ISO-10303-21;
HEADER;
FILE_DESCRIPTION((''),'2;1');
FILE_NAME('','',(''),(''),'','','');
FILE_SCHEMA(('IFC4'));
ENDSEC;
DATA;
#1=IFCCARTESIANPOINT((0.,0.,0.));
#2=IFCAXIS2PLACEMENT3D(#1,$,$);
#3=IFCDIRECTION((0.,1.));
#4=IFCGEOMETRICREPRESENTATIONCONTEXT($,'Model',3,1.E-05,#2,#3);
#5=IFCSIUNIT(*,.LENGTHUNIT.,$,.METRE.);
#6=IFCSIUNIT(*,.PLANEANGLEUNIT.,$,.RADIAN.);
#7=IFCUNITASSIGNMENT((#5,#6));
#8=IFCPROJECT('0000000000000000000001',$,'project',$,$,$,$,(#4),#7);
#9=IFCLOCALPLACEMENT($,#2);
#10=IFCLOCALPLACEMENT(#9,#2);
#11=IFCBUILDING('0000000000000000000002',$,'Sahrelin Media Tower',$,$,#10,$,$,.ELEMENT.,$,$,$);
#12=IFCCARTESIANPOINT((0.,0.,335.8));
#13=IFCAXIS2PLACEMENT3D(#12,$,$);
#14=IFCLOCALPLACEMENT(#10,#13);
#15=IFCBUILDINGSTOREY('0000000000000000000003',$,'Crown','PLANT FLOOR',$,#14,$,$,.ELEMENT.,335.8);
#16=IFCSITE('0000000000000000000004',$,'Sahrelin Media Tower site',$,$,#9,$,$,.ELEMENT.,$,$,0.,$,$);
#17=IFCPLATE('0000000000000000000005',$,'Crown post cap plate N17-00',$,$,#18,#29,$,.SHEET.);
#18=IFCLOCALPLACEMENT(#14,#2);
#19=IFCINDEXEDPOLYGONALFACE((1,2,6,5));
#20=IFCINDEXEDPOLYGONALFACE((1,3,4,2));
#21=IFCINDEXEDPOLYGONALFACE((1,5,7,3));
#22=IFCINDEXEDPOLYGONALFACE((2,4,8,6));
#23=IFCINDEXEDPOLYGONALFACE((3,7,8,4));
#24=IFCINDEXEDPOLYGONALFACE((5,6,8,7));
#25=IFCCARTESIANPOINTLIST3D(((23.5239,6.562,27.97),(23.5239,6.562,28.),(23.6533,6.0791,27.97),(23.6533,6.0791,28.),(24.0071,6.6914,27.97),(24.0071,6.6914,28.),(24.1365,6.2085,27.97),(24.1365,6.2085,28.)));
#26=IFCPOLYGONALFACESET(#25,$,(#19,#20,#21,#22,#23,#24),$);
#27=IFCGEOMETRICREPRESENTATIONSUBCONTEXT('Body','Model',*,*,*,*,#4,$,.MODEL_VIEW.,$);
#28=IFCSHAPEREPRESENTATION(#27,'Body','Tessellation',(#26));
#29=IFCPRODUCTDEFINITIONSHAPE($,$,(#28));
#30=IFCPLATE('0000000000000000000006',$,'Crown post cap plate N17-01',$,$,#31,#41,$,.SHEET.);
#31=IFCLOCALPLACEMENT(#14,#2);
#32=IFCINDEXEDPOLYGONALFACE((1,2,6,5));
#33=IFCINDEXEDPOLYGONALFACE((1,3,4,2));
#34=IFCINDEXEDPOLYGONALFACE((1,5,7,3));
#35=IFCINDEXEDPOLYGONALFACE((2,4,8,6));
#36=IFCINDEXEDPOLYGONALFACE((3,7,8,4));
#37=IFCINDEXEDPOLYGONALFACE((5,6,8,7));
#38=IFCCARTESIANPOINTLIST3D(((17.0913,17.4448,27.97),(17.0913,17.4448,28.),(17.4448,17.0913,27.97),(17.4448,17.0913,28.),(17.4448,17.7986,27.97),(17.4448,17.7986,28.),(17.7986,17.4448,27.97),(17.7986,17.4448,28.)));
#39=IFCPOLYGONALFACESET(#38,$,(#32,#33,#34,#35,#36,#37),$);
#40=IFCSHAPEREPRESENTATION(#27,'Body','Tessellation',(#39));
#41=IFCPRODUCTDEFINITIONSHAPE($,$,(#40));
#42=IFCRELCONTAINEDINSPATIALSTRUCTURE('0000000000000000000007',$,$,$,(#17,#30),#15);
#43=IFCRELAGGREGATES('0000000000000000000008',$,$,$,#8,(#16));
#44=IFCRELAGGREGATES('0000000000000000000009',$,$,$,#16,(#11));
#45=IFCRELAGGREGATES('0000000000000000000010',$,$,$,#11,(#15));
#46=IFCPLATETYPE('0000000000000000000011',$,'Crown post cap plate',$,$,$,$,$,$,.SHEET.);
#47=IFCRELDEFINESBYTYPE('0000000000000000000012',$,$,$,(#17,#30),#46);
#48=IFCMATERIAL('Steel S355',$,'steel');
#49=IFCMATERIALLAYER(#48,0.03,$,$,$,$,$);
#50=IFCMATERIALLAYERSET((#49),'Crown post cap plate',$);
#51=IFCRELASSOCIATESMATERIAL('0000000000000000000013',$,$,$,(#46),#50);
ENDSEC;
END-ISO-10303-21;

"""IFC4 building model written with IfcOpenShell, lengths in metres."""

from ifc_helpers import new_model, si_unit, direction, frame, origin, place, context, subcontext, project, spatial, polyline, outline, extrude, material, layer, layer_set, type_object, element, save


model = new_model("IFC4")

# Units and contexts
model_context = context("Model", 3, precision=1e-05, world=origin(), true_north=direction((0.0, 1.0)))
body_context = subcontext(model_context, "Body", "Model", "MODEL_VIEW")
ifc_project = project(units=[si_unit("LENGTHUNIT", "METRE"), si_unit("PLANEANGLEUNIT", "RADIAN")], contexts=[model_context])

# Site, building, storey
site_placement = place(None, origin())
site = spatial("IfcSite", under=ifc_project, at=site_placement, Name="Sahrelin Media Tower site", CompositionType="ELEMENT", RefElevation=0.0)
building_placement = place(site_placement, origin())
building = spatial("IfcBuilding", under=site, at=building_placement, Name="Sahrelin Media Tower", CompositionType="ELEMENT")
storey_placement = place(building_placement, frame((0.0, 0.0, 335.8)))
storey = spatial("IfcBuildingStorey", under=building, at=storey_placement, Name="Crown", Description="PLANT FLOOR", CompositionType="ELEMENT", Elevation=335.8)

# Plates
ifc_material_1 = material(Name="Steel S355", Category="steel")
ifc_layer = layer(ifc_material_1, 0.03)
ifc_layer_set = layer_set([ifc_layer], Name="Crown post cap plate")
plate_type = type_object("IfcPlateType", Name="Crown post cap plate", PredefinedType="SHEET", material=ifc_layer_set)
placement = place(storey_placement, frame((0.0, 0.0, 27.97)))
element("IfcPlate", 1, at=placement, inside=storey, type_object=plate_type, Name="Crown post cap plate N17-00", PredefinedType="SHEET", context=body_context, shape_type="SweptSolid", body=[
    extrude(outline(polyline([(23.6533, 6.0791), (24.1365, 6.2085), (24.0071, 6.6914), (23.5239, 6.562), (23.6533, 6.0791)])), origin(), (0.0, 0.0, 1.0), 0.03),
])
element("IfcPlate", 2, at=placement, inside=storey, type_object=plate_type, Name="Crown post cap plate N17-01", PredefinedType="SHEET", context=body_context, shape_type="SweptSolid", body=[
    extrude(outline(polyline([(17.4448, 17.0913), (17.7986, 17.4448), (17.4448, 17.7986), (17.0913, 17.4448), (17.4448, 17.0913)])), origin(), (0.0, 0.0, 1.0), 0.03),
])

save(model, "model.ifc")
